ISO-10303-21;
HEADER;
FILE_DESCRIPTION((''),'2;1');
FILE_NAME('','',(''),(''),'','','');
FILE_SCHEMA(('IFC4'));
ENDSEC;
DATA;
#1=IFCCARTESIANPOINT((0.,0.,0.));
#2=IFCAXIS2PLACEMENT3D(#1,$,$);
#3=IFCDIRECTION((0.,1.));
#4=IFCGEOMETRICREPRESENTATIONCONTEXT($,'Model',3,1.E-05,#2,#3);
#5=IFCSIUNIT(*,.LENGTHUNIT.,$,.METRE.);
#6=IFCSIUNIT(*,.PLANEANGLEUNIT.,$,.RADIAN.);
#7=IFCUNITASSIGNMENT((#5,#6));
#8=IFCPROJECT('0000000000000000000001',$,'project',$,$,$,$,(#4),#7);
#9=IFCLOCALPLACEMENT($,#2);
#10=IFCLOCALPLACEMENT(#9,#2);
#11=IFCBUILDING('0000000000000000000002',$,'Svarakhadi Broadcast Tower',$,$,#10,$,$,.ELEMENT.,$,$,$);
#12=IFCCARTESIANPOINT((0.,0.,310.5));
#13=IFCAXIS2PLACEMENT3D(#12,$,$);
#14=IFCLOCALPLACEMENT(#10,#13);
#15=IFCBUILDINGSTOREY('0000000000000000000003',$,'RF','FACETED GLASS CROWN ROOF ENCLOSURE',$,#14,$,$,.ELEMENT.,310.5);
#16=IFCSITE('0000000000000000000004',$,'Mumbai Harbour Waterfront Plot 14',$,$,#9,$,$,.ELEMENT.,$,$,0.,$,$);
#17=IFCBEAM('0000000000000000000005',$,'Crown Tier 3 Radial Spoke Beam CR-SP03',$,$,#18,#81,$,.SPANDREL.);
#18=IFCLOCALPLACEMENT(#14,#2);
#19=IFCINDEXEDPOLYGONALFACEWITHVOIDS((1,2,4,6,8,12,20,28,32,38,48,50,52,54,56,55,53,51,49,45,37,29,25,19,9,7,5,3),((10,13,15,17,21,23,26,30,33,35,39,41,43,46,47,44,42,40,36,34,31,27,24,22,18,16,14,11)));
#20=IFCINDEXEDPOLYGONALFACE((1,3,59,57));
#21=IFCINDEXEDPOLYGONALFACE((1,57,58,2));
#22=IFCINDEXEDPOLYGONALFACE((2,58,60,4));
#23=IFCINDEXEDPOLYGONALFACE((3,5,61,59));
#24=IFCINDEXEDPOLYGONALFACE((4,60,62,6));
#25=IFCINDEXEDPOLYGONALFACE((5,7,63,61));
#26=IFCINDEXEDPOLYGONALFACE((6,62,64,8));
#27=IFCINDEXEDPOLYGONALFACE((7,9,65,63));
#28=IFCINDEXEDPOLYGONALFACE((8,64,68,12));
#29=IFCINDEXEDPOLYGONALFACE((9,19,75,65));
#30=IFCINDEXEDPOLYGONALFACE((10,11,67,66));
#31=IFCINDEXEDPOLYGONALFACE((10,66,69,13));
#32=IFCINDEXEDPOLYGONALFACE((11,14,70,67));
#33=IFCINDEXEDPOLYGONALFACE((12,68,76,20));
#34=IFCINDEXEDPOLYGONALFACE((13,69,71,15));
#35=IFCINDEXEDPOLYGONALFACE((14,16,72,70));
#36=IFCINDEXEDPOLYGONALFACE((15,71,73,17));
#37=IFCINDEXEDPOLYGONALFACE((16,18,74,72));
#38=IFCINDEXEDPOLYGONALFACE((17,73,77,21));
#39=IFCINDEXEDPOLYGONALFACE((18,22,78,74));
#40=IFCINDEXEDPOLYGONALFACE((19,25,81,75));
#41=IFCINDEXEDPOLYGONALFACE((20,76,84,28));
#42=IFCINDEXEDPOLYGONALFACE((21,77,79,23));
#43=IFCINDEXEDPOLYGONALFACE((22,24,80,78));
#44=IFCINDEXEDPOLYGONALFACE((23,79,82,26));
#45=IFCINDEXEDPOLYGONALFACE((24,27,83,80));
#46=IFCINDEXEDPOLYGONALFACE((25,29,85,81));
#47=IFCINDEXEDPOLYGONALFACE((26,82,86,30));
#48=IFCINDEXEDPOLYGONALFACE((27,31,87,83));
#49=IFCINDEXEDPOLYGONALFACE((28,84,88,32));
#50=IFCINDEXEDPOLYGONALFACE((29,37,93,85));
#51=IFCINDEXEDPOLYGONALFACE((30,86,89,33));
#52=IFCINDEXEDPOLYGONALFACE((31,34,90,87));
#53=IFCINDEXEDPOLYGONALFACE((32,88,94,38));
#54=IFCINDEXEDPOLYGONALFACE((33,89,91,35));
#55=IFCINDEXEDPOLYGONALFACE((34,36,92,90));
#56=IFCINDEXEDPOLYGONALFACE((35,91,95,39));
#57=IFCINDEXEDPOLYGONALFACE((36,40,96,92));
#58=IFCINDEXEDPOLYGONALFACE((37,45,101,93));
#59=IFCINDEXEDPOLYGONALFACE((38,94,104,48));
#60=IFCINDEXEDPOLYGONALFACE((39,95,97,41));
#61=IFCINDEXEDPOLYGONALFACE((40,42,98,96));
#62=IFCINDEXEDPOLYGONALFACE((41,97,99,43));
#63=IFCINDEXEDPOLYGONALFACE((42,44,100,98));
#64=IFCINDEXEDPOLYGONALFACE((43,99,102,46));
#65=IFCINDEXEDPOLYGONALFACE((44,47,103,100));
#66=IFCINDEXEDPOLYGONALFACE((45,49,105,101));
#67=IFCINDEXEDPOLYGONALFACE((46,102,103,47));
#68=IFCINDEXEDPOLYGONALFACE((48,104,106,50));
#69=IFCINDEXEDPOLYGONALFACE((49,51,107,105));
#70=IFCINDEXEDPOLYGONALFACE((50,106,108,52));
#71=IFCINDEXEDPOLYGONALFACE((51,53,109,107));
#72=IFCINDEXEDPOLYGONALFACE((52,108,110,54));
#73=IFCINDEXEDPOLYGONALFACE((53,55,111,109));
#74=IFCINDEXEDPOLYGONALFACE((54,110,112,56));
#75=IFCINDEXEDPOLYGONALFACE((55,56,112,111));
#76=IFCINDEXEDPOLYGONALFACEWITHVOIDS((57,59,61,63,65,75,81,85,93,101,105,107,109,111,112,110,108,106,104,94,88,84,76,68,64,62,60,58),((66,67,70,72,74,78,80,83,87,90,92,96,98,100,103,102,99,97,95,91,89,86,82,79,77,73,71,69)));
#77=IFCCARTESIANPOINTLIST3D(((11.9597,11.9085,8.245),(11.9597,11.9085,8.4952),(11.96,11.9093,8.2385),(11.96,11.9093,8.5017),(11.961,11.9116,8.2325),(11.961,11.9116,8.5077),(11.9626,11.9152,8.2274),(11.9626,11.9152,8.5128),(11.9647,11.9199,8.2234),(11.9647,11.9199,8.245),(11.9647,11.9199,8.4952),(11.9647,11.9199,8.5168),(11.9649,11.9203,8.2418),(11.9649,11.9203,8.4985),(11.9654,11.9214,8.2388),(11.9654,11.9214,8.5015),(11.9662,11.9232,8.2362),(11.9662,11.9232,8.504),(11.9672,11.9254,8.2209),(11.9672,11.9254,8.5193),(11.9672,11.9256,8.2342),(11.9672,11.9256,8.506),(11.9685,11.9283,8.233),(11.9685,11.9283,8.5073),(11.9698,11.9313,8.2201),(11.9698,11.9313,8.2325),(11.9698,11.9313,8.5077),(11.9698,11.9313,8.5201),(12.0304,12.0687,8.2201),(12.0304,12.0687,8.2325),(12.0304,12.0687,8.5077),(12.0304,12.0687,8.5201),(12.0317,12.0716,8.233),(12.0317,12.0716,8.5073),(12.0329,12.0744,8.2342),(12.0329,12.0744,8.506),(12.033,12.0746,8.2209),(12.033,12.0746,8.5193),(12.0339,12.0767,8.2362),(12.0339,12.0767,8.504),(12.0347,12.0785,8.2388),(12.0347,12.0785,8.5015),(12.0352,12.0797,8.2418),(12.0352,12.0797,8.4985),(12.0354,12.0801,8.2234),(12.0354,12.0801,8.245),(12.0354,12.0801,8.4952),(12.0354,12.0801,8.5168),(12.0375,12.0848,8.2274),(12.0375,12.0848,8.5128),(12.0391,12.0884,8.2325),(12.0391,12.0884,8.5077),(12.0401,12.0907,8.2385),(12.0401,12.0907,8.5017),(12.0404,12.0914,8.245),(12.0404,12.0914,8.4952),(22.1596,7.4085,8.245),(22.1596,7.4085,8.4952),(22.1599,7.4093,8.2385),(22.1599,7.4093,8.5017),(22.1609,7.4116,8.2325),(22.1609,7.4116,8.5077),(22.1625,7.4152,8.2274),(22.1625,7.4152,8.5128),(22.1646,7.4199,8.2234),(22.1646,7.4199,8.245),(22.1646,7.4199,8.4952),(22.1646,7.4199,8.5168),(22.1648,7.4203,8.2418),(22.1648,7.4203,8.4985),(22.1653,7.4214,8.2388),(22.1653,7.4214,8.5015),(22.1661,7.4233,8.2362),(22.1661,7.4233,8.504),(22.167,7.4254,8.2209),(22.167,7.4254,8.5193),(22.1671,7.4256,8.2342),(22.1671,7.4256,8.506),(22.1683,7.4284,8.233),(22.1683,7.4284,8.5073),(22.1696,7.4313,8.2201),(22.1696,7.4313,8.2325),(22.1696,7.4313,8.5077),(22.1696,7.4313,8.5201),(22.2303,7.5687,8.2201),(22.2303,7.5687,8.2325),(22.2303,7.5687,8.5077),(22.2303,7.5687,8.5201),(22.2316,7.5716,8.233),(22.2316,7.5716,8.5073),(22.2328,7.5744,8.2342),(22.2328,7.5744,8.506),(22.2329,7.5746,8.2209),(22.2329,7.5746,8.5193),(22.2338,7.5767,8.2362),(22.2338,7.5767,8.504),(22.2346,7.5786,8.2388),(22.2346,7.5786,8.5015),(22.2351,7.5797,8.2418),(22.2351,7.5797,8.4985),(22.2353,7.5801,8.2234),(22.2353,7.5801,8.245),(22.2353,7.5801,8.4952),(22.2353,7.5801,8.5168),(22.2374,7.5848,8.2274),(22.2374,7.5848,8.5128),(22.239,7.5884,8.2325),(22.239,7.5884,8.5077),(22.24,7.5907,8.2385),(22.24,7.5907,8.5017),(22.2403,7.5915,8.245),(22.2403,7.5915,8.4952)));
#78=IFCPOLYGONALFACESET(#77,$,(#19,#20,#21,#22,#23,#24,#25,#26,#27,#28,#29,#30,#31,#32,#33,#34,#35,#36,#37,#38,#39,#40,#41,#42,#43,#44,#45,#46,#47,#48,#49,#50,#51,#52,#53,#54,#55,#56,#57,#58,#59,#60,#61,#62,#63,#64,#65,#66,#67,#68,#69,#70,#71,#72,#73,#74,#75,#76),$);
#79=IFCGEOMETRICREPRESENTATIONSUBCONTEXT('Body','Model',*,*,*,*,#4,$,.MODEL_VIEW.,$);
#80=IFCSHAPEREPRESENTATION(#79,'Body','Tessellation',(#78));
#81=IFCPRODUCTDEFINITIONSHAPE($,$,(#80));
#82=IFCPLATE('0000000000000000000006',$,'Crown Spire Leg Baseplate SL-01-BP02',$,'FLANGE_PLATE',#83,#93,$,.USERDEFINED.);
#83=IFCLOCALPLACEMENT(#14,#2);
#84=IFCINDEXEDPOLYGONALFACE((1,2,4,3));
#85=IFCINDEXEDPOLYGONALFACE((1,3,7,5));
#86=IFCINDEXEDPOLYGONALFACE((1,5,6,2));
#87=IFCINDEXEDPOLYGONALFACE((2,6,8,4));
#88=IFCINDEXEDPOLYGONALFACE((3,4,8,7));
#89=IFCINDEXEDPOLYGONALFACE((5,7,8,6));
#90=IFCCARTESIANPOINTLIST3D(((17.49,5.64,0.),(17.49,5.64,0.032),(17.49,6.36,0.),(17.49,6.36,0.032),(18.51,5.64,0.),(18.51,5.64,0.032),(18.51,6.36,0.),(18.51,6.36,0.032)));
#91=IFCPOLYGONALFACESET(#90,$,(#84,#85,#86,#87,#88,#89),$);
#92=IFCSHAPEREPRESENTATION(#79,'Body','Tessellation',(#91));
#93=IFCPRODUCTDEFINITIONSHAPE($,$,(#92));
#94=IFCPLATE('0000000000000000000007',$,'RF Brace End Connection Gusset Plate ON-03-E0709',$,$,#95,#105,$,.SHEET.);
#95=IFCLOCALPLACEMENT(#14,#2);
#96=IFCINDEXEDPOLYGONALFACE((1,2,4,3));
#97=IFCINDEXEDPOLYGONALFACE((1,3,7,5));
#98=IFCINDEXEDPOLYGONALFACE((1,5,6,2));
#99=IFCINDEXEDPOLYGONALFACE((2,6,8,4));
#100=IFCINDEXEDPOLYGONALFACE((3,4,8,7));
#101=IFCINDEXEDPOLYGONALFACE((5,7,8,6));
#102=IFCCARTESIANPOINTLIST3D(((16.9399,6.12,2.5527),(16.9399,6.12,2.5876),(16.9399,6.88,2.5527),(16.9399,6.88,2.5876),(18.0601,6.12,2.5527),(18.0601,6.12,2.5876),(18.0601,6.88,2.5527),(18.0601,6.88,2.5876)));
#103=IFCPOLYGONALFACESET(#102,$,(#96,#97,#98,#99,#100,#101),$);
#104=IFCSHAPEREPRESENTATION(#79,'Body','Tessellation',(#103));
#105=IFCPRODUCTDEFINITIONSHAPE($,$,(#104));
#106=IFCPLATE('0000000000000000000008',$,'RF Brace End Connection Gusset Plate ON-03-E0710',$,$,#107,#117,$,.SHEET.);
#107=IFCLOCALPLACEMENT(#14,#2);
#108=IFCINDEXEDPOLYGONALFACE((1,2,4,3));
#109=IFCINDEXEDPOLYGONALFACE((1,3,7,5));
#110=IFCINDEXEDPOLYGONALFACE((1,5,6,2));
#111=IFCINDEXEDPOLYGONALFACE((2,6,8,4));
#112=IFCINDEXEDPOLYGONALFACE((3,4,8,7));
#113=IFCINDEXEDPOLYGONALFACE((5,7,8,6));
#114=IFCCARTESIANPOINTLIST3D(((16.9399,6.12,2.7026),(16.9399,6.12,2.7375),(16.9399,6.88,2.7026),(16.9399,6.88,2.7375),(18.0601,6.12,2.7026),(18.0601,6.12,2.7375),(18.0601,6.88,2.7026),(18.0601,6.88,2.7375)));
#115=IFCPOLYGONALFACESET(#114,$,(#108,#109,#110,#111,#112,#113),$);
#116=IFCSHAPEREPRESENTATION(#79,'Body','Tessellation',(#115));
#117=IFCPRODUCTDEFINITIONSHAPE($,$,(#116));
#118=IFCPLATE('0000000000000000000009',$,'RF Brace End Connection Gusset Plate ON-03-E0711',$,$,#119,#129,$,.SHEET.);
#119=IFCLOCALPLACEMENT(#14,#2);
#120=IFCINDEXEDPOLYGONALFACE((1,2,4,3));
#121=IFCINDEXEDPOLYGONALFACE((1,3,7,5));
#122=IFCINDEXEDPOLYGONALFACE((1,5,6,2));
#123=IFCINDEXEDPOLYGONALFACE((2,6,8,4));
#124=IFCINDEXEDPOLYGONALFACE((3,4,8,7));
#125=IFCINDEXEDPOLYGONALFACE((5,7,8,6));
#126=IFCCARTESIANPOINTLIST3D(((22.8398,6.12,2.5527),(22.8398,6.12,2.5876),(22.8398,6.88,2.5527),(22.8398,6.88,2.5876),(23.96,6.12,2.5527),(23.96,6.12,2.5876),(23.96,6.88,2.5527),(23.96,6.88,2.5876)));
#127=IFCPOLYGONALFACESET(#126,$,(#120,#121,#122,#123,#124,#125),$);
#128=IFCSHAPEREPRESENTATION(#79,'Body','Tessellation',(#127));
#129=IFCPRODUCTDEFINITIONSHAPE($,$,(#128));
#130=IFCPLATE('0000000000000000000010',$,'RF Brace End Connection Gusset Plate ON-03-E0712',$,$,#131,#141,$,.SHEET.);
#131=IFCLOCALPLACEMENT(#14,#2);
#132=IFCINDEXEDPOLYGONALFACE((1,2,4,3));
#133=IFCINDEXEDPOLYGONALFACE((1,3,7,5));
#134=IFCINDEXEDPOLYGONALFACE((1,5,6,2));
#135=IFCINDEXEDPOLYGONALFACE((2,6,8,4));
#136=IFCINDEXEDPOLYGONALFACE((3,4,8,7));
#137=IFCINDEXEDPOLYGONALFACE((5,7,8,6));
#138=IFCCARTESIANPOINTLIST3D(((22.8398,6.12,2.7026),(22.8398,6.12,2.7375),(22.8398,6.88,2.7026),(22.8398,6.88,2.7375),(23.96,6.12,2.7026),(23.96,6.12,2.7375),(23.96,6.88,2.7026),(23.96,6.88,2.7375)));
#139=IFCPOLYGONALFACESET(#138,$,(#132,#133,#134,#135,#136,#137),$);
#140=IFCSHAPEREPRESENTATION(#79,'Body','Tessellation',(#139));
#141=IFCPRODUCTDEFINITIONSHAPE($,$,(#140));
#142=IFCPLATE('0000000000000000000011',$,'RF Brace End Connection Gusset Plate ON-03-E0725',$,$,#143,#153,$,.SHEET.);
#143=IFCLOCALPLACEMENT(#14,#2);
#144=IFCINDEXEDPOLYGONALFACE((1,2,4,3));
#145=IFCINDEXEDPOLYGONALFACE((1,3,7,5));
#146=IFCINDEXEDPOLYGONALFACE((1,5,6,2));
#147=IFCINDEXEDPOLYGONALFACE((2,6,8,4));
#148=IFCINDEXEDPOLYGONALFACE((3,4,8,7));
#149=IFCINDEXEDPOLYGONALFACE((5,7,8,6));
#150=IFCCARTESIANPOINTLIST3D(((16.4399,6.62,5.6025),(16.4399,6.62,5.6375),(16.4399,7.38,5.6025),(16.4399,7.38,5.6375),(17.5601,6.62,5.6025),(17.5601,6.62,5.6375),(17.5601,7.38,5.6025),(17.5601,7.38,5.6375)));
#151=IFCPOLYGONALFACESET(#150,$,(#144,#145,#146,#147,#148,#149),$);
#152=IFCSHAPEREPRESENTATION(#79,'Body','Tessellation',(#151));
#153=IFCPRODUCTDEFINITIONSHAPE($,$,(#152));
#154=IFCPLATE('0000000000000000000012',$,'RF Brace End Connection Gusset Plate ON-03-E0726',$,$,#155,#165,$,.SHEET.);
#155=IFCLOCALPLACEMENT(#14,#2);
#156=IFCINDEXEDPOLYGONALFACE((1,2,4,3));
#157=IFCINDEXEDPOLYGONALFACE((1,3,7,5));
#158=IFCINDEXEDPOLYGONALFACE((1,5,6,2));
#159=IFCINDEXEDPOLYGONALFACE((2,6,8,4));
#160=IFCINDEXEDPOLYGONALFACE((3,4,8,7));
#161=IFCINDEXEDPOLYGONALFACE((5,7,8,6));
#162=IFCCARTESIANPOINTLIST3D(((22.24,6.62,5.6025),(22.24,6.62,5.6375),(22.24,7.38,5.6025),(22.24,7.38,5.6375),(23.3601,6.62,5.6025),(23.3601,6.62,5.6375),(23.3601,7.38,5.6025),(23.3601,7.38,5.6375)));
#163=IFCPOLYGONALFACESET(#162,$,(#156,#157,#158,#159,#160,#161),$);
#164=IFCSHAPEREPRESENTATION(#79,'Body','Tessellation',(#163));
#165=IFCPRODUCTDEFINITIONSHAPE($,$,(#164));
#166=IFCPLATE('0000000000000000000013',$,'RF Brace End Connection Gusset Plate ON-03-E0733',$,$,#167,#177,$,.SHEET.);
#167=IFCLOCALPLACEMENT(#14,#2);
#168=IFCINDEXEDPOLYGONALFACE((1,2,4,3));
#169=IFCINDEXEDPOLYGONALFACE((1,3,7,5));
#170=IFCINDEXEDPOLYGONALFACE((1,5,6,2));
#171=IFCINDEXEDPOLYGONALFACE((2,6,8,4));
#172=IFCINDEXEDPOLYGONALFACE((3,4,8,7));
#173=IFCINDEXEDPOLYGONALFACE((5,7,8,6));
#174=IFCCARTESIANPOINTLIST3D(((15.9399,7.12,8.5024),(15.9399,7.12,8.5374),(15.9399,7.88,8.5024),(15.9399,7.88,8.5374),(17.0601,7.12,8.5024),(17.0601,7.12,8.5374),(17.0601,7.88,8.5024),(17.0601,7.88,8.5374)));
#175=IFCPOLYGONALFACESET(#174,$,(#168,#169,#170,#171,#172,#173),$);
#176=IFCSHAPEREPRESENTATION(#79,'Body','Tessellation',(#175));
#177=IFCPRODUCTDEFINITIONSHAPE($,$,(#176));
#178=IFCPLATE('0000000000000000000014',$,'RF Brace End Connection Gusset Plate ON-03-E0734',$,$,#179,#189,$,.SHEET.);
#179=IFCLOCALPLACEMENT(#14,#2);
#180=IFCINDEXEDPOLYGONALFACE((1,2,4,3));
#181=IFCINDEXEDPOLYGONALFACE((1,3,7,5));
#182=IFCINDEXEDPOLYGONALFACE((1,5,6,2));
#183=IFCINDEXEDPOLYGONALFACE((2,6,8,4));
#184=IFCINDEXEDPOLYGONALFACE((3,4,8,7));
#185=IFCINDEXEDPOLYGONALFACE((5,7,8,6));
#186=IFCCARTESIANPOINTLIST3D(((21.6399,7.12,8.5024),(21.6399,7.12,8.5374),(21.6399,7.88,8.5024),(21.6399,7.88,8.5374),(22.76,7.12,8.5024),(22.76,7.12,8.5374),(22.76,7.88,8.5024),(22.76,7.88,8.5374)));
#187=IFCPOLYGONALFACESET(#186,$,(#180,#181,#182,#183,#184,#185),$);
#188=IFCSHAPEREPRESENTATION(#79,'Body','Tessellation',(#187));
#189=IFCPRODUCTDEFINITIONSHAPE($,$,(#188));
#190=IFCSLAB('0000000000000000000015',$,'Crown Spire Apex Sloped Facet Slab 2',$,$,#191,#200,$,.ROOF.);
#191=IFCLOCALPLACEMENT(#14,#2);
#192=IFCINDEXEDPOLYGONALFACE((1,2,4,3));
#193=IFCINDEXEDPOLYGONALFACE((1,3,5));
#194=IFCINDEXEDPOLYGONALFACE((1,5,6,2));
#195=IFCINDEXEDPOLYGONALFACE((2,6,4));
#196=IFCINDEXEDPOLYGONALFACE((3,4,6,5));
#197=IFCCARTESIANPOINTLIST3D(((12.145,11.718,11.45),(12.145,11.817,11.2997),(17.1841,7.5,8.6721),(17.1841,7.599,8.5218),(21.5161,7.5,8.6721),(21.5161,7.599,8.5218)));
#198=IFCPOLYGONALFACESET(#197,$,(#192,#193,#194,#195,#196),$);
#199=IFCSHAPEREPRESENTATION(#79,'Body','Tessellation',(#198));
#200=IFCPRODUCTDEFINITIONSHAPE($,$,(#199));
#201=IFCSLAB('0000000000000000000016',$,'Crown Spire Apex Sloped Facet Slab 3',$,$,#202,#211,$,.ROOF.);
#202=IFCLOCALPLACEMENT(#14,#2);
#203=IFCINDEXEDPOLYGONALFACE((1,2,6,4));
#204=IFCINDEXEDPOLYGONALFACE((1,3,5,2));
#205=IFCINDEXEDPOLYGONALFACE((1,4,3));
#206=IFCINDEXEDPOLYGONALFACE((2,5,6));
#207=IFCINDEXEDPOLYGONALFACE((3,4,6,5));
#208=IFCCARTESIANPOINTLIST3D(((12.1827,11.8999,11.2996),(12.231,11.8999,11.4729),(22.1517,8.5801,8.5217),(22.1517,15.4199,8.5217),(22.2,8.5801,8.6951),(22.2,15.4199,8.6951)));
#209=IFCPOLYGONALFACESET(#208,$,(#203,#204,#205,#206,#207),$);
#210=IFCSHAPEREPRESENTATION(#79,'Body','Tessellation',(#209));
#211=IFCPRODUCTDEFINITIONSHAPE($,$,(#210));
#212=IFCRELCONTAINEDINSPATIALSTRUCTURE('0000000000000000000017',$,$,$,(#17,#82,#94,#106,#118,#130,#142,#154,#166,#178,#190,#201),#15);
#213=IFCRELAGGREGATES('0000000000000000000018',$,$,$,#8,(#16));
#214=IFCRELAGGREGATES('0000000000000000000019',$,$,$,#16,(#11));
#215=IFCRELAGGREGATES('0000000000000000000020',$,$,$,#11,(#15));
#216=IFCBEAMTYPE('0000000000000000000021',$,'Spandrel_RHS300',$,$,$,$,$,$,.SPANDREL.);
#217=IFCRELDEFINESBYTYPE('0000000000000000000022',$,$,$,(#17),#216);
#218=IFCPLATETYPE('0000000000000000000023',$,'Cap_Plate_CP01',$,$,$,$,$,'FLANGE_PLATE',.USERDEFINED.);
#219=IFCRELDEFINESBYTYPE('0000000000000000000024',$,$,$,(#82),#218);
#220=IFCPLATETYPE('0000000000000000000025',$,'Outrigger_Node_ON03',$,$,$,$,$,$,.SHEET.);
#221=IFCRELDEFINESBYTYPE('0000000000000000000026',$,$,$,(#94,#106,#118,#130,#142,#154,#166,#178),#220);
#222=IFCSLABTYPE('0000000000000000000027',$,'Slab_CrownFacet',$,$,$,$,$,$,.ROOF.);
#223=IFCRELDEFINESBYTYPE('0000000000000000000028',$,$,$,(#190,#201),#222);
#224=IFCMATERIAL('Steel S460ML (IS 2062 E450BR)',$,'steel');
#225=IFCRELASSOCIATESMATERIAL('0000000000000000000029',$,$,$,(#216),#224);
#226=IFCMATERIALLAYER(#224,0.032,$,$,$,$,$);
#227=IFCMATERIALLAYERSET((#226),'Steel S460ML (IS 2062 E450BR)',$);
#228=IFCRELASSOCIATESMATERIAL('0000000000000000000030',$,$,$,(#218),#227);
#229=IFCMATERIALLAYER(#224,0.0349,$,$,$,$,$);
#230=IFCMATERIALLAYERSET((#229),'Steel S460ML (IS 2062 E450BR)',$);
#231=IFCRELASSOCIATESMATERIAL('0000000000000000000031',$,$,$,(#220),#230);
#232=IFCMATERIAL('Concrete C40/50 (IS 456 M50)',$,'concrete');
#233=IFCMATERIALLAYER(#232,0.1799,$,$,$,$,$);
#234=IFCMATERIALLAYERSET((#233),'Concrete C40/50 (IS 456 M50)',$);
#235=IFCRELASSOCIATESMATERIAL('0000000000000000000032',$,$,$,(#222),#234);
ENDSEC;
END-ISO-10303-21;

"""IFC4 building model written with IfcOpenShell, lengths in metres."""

from ifc_helpers import new_model, si_unit, direction, frame, origin, origin_2d, place, context, subcontext, project, spatial, polyline, rectangle, hollow_rectangle, outline, extrude, material, layer, layer_set, material_profile, profile_set, type_object, element, save


model = new_model("IFC4")

# Units and contexts
model_context = context("Model", 3, precision=1e-05, world=origin(), true_north=direction((0.0, 1.0)))
body_context = subcontext(model_context, "Body", "Model", "MODEL_VIEW")
ifc_project = project(units=[si_unit("LENGTHUNIT", "METRE"), si_unit("PLANEANGLEUNIT", "RADIAN")], contexts=[model_context])

# Site, building, storey
site_placement = place(None, origin())
site = spatial("IfcSite", under=ifc_project, at=site_placement, Name="Mumbai Harbour Waterfront Plot 14", CompositionType="ELEMENT", RefElevation=0.0)
building_placement = place(site_placement, origin())
building = spatial("IfcBuilding", under=site, at=building_placement, Name="Svarakhadi Broadcast Tower", CompositionType="ELEMENT")
storey_placement = place(building_placement, frame((0.0, 0.0, 310.5)))
storey = spatial("IfcBuildingStorey", under=building, at=storey_placement, Name="RF", Description="FACETED GLASS CROWN ROOF ENCLOSURE", CompositionType="ELEMENT", Elevation=310.5)

# Shared definitions
ifc_material_1 = material(Name="Steel S460ML (IS 2062 E450BR)", Category="steel")

# Beam
ifc_material_profile_1 = material_profile(ifc_material_1, hollow_rectangle(XDim=0.2, YDim=0.3, WallThickness=0.0125, InnerFilletRadius=0.0125, OuterFilletRadius=0.0249, at=origin_2d()), Name="RHS 300x200x12.5")
ifc_profile_set_1 = profile_set([ifc_material_profile_1], Name="Steel S460ML (IS 2062 E450BR)")
beam_type_1 = type_object("IfcBeamType", Name="Spandrel_RHS300", PredefinedType="SPANDREL", material=ifc_profile_set_1)
beam_1_placement = place(storey_placement, frame((22.2, 7.5, 8.3701), z_axis=(-0.914917, 0.403642, 0.0), x_axis=(-0.403642, -0.914917, 0.0)))
element("IfcBeam", 1, at=beam_1_placement, inside=storey, type_object=beam_type_1, Name="Crown Tier 3 Radial Spoke Beam CR-SP03", PredefinedType="SPANDREL", context=body_context, shape_type="SweptSolid", body=[
    extrude(hollow_rectangle(XDim=0.2, YDim=0.3, WallThickness=0.0125, InnerFilletRadius=0.0125, OuterFilletRadius=0.0249, at=origin_2d()), origin(), (0.0, 0.0, 1.0), 11.1484),
])

# Plates
ifc_layer_1 = layer(ifc_material_1, 0.032)
ifc_layer_set_1 = layer_set([ifc_layer_1], Name="Steel S460ML (IS 2062 E450BR)")
plate_type_1 = type_object("IfcPlateType", Name="Cap_Plate_CP01", ElementType="FLANGE_PLATE", PredefinedType="USERDEFINED", material=ifc_layer_set_1)
plate_placement = place(storey_placement, frame((18.0, 6.0, 0.0), z_axis=(0.0, 0.0, 1.0), x_axis=(1.0, 0.0, 0.0)))
element("IfcPlate", 2, at=plate_placement, inside=storey, type_object=plate_type_1, Name="Crown Spire Leg Baseplate SL-01-BP02", ObjectType="FLANGE_PLATE", PredefinedType="USERDEFINED", context=body_context, shape_type="SweptSolid", body=[
    extrude(rectangle(XDim=1.02, YDim=0.72, at=origin_2d()), origin(), (0.0, 0.0, 1.0), 0.032),
])
ifc_layer_2 = layer(ifc_material_1, 0.0349)
ifc_layer_set_2 = layer_set([ifc_layer_2], Name="Steel S460ML (IS 2062 E450BR)")
plate_type_2 = type_object("IfcPlateType", Name="Outrigger_Node_ON03", PredefinedType="SHEET", material=ifc_layer_set_2)
for number, where, z_axis, x_axis, name in (
    (3, (17.5, 6.5, 2.5527), (0.0, 0.0, 1.0), (1.0, 0.0, 0.0), "RF Brace End Connection Gusset Plate ON-03-E0709"),
    (4, (17.5, 6.5, 2.7026), (0.0, 0.0, 1.0), (1.0, 0.0, 0.0), "RF Brace End Connection Gusset Plate ON-03-E0710"),
    (5, (23.3999, 6.5, 2.5527), (0.0, 0.0, 1.0), (1.0, 0.0, 0.0), "RF Brace End Connection Gusset Plate ON-03-E0711"),
    (6, (23.3999, 6.5, 2.7026), (0.0, 0.0, 1.0), (1.0, 0.0, 0.0), "RF Brace End Connection Gusset Plate ON-03-E0712"),
    (7, (17.0, 7.0, 5.6025), (0.0, 0.0, 1.0), (1.0, 0.0, 0.0), "RF Brace End Connection Gusset Plate ON-03-E0725"),
    (8, (22.8, 7.0, 5.6025), (0.0, 0.0, 1.0), (1.0, 0.0, 0.0), "RF Brace End Connection Gusset Plate ON-03-E0726"),
    (9, (16.5, 7.5, 8.5024), (0.0, 0.0, 1.0), (1.0, 0.0, 0.0), "RF Brace End Connection Gusset Plate ON-03-E0733"),
    (10, (22.2, 7.5, 8.5024), (0.0, 0.0, 1.0), (1.0, 0.0, 0.0), "RF Brace End Connection Gusset Plate ON-03-E0734"),
):
    element("IfcPlate", number, at=place(storey_placement, frame(where, z_axis=z_axis, x_axis=x_axis)), inside=storey, type_object=plate_type_2, Name=name, PredefinedType="SHEET", context=body_context, shape_type="SweptSolid", body=[
        extrude(rectangle(XDim=1.1201, YDim=0.76, at=origin_2d()), origin(), (0.0, 0.0, 1.0), 0.0349),
    ])

# Slabs
ifc_material_2 = material(Name="Concrete C40/50 (IS 456 M50)", Category="concrete")
ifc_layer_3 = layer(ifc_material_2, 0.1799)
ifc_layer_set_3 = layer_set([ifc_layer_3], Name="Concrete C40/50 (IS 456 M50)")
slab_type = type_object("IfcSlabType", Name="Slab_CrownFacet", PredefinedType="ROOF", material=ifc_layer_set_3)
slab_1_placement = place(storey_placement, frame((17.1841, 7.5, 8.6721), z_axis=(0.0, -0.550006, 0.835161), x_axis=(1.0, 0.0, 0.0)))
element("IfcSlab", 11, at=slab_1_placement, inside=storey, type_object=slab_type, Name="Crown Spire Apex Sloped Facet Slab 2", PredefinedType="ROOF", context=body_context, shape_type="SweptSolid", body=[
    extrude(outline(polyline([(0.0, 0.0), (4.332, 0.0), (-5.0391, 5.0505), (0.0, 0.0)])), origin(), (0.0, 0.0, -1.0), 0.1799),
])
slab_2_placement = place(storey_placement, frame((22.2, 8.5801, 8.6951), z_axis=(0.268421, 0.0, 0.963302), x_axis=(0.0, 1.0, 0.0)))
element("IfcSlab", 12, at=slab_2_placement, inside=storey, type_object=slab_type, Name="Crown Spire Apex Sloped Facet Slab 3", PredefinedType="ROOF", context=body_context, shape_type="SweptSolid", body=[
    extrude(outline(polyline([(0.0, 0.0), (6.8398, 0.0), (3.3198, 10.3488), (0.0, 0.0)])), origin(), (0.0, 0.0, -1.0), 0.1799),
])

save(model, "model.ifc")
